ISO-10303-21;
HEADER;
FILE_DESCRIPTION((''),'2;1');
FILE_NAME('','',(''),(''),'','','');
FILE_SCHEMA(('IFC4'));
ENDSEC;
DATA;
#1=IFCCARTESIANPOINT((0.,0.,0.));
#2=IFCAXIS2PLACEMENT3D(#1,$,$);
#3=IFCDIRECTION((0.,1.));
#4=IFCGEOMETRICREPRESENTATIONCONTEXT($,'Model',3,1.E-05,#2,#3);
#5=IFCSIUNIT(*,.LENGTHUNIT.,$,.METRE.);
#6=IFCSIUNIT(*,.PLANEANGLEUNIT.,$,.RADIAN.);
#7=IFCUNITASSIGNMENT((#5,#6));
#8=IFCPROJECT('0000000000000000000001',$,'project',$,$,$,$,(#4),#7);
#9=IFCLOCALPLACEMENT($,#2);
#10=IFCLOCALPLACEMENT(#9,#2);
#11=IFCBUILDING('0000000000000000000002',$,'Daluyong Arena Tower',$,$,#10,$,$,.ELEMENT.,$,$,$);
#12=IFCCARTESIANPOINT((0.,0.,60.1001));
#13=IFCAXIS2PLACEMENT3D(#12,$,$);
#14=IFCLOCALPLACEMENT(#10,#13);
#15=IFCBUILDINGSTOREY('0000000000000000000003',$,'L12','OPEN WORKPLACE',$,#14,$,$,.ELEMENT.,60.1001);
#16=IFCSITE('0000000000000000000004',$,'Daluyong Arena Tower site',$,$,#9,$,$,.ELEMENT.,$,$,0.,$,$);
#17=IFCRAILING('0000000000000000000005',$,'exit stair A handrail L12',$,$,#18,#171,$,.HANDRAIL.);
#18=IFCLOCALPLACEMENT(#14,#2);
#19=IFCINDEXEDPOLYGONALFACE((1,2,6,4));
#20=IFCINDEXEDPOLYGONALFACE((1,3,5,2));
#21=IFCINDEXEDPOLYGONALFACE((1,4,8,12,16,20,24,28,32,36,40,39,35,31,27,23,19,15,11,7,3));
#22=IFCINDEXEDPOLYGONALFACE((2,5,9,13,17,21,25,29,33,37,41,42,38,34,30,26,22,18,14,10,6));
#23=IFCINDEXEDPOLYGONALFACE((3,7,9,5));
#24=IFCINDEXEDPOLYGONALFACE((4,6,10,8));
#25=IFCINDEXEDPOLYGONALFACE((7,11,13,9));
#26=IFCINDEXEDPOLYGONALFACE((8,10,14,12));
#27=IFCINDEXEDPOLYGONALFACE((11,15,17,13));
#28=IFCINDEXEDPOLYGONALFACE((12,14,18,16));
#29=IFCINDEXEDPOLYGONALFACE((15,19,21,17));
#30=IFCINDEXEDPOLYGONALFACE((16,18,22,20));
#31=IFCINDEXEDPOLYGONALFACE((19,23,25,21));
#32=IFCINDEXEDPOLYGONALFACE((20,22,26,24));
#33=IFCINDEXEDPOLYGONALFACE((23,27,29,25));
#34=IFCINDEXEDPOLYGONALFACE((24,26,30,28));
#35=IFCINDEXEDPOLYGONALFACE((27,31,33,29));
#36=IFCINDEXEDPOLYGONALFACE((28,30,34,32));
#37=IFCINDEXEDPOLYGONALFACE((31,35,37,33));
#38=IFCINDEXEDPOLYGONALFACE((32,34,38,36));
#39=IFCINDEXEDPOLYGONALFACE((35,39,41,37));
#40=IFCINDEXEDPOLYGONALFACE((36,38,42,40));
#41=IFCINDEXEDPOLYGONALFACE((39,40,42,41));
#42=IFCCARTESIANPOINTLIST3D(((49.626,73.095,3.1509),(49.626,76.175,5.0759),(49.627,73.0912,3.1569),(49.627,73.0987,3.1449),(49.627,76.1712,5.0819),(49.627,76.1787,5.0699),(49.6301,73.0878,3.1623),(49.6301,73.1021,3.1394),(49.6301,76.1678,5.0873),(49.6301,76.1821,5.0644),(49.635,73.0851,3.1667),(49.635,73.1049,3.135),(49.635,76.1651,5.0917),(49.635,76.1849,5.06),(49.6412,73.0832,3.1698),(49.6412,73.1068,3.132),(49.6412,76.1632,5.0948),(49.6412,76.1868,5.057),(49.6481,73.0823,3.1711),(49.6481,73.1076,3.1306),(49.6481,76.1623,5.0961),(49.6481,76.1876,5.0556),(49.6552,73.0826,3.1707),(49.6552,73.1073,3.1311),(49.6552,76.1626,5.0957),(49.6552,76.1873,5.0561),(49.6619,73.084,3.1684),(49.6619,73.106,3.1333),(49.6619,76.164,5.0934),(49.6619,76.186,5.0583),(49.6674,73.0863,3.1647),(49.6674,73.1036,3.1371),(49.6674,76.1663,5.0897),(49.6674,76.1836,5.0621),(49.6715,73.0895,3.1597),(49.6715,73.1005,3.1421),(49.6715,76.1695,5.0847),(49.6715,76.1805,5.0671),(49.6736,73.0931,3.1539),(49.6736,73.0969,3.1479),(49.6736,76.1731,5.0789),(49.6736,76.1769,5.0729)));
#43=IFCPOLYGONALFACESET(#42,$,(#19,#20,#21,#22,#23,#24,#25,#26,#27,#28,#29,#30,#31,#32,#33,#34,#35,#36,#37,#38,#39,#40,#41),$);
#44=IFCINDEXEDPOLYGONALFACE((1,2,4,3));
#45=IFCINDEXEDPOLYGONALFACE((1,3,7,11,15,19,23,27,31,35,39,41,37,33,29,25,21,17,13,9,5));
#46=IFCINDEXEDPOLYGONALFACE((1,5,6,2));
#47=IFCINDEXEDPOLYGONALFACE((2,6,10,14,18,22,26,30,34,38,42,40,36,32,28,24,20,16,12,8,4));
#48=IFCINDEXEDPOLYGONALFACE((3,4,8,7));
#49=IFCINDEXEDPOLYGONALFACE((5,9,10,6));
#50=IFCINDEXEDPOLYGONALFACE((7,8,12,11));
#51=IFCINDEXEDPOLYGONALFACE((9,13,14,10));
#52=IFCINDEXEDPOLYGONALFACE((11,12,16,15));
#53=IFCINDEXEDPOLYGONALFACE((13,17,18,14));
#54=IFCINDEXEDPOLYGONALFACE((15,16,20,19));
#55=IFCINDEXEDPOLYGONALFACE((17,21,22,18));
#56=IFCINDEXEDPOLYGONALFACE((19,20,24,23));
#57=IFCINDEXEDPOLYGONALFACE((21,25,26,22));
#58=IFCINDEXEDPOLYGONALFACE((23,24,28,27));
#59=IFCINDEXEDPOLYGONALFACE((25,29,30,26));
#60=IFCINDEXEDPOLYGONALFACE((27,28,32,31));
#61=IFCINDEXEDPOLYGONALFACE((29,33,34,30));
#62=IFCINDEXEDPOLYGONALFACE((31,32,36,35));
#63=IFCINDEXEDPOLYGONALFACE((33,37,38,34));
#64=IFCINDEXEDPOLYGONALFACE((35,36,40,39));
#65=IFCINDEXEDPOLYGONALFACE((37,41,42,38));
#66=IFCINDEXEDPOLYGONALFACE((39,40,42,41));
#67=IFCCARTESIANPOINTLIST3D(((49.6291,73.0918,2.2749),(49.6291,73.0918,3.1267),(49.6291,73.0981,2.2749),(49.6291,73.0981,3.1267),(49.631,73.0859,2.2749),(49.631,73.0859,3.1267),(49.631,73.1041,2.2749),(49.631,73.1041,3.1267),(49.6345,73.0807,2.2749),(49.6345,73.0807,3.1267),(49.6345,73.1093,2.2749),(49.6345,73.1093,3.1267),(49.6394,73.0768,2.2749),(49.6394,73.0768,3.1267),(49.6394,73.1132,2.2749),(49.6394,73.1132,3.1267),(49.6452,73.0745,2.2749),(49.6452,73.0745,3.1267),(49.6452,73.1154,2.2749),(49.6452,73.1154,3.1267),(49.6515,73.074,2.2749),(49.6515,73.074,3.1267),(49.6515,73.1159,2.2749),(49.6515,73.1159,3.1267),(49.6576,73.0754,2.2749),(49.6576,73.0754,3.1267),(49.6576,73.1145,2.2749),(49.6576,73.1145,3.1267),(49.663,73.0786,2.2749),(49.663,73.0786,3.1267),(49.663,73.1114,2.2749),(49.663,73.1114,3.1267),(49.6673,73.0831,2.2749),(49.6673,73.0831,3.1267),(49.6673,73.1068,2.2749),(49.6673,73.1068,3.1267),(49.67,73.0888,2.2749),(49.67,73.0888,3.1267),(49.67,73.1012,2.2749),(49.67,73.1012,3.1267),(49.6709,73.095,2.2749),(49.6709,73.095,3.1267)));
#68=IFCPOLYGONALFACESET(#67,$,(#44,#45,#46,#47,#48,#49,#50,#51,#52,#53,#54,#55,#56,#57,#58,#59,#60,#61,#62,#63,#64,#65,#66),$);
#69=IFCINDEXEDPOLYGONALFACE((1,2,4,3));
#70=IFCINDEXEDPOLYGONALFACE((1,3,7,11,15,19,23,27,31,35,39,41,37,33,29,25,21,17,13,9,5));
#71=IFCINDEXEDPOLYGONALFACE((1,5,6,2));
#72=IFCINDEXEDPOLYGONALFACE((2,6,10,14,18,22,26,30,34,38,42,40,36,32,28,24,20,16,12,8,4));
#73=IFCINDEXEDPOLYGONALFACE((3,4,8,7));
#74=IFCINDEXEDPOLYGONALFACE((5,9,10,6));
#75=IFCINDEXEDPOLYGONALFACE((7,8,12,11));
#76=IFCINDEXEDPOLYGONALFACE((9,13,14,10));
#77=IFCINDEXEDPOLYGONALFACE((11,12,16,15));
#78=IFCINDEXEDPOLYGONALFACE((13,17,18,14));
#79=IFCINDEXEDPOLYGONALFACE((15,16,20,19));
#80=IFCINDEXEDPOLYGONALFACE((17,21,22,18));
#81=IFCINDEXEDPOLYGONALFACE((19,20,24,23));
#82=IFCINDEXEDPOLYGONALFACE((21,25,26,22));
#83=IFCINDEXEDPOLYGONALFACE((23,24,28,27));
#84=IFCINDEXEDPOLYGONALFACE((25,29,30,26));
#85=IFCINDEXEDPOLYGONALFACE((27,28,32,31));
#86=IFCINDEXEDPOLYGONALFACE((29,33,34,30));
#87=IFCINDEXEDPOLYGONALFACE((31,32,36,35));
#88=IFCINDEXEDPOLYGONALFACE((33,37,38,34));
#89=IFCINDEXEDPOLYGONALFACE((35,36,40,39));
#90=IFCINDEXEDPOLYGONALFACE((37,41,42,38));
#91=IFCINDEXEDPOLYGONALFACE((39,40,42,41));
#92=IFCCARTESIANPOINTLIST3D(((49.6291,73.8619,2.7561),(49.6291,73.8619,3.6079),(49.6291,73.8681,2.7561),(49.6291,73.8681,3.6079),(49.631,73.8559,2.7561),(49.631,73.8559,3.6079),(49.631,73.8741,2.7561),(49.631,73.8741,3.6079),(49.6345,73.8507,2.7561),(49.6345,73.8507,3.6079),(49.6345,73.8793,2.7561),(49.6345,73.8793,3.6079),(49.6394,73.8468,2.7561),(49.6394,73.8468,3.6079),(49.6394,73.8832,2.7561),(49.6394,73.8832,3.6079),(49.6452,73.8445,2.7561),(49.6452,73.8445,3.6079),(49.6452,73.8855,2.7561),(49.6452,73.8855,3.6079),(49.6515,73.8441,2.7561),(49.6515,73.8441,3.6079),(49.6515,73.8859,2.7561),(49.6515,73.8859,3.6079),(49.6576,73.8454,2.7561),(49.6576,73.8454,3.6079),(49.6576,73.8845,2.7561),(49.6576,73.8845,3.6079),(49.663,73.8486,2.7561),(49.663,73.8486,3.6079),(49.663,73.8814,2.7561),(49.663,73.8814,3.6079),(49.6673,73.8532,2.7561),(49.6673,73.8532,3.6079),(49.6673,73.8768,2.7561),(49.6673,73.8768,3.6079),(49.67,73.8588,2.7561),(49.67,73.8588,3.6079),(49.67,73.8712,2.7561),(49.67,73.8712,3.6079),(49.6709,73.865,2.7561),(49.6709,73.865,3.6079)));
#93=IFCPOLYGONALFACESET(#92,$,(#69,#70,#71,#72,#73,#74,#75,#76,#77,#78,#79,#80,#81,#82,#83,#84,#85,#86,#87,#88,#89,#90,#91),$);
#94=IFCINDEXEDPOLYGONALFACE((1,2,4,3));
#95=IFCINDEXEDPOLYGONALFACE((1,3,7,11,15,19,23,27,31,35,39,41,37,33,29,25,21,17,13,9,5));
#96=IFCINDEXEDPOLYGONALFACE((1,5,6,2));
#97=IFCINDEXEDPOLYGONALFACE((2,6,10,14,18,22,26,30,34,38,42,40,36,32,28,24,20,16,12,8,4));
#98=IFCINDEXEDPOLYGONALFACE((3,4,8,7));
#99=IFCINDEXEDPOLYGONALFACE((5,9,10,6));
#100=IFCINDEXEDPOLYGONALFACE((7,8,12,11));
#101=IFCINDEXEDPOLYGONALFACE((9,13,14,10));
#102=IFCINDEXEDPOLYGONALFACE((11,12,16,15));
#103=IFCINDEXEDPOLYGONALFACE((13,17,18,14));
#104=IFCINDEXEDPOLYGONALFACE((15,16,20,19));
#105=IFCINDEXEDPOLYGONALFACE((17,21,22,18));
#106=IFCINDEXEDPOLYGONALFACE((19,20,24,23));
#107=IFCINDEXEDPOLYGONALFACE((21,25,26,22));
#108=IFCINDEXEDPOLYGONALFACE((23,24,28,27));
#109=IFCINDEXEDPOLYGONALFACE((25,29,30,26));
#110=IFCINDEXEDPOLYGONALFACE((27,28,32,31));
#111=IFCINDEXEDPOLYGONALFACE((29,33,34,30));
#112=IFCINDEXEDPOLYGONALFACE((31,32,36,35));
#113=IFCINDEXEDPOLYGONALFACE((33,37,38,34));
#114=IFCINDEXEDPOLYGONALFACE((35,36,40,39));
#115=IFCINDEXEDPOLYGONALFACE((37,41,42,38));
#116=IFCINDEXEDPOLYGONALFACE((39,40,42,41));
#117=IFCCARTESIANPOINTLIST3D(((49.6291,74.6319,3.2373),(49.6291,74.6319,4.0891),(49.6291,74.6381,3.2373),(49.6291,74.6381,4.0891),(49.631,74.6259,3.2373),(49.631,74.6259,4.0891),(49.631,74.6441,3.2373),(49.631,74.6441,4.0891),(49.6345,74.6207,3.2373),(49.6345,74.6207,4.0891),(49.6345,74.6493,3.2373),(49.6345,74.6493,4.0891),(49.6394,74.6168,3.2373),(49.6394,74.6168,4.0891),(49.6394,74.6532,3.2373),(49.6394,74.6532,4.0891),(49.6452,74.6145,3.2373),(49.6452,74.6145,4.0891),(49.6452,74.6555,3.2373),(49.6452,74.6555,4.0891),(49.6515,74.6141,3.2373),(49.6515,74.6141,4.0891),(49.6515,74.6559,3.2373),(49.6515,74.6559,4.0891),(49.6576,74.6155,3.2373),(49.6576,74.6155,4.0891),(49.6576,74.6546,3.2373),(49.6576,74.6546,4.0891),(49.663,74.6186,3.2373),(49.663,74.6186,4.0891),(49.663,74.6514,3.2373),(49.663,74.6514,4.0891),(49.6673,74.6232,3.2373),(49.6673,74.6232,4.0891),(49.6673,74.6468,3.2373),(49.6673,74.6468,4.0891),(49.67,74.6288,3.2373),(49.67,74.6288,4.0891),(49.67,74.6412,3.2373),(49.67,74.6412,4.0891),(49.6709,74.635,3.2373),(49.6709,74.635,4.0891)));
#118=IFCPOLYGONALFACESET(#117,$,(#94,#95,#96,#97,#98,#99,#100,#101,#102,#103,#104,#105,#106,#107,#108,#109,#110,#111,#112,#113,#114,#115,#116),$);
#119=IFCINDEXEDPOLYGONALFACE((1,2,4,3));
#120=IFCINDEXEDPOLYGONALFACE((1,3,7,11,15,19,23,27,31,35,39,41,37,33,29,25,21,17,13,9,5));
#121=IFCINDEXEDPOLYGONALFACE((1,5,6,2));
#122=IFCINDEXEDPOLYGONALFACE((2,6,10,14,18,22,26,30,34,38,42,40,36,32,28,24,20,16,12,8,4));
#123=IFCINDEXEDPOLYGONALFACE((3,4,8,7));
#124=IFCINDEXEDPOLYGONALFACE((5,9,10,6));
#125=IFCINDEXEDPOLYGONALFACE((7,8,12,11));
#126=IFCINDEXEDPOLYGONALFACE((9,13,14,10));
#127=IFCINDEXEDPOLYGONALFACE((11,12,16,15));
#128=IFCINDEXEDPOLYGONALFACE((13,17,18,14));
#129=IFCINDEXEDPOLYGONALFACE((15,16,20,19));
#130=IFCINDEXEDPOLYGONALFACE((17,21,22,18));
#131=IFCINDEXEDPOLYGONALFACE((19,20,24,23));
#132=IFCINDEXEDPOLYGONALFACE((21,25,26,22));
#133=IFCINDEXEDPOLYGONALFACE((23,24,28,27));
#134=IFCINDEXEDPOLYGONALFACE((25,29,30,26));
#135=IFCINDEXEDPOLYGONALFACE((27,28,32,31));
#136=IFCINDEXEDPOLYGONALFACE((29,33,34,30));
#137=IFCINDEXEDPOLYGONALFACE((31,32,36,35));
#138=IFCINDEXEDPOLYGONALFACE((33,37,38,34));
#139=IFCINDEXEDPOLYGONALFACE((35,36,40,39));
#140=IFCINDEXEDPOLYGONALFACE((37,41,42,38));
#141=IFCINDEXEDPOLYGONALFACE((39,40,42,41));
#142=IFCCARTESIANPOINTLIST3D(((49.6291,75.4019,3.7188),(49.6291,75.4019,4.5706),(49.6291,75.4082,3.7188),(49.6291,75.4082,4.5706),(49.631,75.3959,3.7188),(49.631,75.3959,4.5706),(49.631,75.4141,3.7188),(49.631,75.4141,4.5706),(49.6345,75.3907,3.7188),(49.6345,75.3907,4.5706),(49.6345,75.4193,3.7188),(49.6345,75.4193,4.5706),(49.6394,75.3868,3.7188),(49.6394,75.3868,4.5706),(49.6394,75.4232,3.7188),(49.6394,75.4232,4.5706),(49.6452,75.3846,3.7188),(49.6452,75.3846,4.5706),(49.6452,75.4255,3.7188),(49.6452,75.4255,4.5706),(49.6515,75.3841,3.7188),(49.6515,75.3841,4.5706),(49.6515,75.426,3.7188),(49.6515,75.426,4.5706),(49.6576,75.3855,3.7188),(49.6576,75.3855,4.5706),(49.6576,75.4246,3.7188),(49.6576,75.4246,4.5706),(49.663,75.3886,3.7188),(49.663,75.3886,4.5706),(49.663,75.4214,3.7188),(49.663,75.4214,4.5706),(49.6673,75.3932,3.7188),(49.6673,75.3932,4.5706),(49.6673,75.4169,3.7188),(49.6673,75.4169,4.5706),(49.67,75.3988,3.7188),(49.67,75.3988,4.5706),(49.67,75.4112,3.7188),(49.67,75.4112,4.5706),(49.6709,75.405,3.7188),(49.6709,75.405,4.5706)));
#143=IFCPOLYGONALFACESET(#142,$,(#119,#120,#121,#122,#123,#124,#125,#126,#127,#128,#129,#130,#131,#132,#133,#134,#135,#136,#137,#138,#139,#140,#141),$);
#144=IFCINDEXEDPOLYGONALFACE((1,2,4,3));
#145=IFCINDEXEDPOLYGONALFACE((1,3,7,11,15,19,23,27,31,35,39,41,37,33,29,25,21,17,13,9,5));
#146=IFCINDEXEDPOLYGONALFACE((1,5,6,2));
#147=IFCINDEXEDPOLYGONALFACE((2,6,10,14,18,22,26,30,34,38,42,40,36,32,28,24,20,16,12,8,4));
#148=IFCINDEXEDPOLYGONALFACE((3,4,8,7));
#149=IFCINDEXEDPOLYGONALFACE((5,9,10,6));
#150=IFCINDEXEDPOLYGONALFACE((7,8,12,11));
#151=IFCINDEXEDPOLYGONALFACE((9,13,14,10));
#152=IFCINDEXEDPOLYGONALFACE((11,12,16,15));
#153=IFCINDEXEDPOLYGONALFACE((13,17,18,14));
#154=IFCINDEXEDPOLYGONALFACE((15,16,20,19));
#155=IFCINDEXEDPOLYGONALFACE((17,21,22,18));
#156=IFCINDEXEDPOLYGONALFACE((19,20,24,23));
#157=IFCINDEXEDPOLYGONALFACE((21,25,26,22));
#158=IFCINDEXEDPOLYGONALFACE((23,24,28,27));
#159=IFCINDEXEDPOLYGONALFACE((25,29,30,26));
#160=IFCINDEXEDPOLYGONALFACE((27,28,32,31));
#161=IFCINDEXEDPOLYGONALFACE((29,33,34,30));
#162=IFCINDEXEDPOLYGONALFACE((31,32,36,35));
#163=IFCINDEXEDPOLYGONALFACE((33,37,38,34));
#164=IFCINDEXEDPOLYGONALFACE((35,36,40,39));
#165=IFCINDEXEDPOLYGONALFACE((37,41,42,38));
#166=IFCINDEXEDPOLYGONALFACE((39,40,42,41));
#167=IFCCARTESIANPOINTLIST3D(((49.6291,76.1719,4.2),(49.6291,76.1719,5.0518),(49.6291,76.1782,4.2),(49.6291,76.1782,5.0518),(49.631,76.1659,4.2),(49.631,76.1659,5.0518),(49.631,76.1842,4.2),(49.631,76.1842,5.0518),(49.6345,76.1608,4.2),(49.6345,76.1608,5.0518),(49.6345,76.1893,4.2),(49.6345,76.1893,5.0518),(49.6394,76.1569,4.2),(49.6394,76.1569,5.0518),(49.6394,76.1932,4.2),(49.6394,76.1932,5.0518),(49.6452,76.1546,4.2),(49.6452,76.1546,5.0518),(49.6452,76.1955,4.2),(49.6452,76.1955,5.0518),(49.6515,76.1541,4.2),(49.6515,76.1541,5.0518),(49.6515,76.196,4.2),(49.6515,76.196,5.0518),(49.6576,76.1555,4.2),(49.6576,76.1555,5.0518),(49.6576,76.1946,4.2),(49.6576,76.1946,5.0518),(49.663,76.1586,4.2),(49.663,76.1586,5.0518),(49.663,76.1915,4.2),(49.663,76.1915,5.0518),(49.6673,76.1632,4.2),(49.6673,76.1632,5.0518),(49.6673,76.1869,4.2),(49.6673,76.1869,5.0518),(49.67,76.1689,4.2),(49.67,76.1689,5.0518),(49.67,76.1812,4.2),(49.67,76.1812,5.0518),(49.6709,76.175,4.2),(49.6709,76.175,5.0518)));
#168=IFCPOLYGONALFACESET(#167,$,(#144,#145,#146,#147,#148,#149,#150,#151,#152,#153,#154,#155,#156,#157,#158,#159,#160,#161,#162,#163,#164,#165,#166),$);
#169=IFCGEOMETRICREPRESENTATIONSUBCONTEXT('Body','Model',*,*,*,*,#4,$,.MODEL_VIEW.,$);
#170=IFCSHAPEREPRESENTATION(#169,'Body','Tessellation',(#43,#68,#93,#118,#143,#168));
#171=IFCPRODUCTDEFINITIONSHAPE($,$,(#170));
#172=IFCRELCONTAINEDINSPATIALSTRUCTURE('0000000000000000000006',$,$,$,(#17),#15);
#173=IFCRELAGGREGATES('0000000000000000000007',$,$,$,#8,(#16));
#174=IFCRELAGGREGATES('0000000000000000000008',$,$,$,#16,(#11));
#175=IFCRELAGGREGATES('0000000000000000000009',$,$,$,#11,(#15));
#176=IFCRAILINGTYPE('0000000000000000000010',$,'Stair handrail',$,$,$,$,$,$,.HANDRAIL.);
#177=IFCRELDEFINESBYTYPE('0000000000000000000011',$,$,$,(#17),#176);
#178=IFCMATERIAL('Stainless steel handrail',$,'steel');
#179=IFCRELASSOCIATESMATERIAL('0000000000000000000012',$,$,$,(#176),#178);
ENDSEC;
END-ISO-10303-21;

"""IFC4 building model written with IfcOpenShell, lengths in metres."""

from ifc_helpers import new_model, si_unit, direction, frame, origin, origin_2d, place, context, subcontext, project, spatial, circle, extrude, material, type_object, element, save


model = new_model("IFC4")

# Units and contexts
model_context = context("Model", 3, precision=1e-05, world=origin(), true_north=direction((0.0, 1.0)))
body_context = subcontext(model_context, "Body", "Model", "MODEL_VIEW")
ifc_project = project(units=[si_unit("LENGTHUNIT", "METRE"), si_unit("PLANEANGLEUNIT", "RADIAN")], contexts=[model_context])

# Site, building, storey
site_placement = place(None, origin())
site = spatial("IfcSite", under=ifc_project, at=site_placement, Name="Daluyong Arena Tower site", CompositionType="ELEMENT", RefElevation=0.0)
building_placement = place(site_placement, origin())
building = spatial("IfcBuilding", under=site, at=building_placement, Name="Daluyong Arena Tower", CompositionType="ELEMENT")
storey_placement = place(building_placement, frame((0.0, 0.0, 60.1001)))
storey = spatial("IfcBuildingStorey", under=building, at=storey_placement, Name="L12", Description="OPEN WORKPLACE", CompositionType="ELEMENT", Elevation=60.1001)

# Railing
ifc_material_1 = material(Name="Stainless steel handrail", Category="steel")
railing_type = type_object("IfcRailingType", Name="Stair handrail", PredefinedType="HANDRAIL", material=ifc_material_1)
railing_placement = place(storey_placement, frame((49.6499, 73.095, 2.2749)))
element("IfcRailing", 1, at=railing_placement, inside=storey, type_object=railing_type, Name="exit stair A handrail L12", PredefinedType="HANDRAIL", context=body_context, shape_type="SweptSolid", body=[
    extrude(circle(Radius=0.0239, at=origin_2d()), frame((0.0, 0.0, 0.876), z_axis=(0.0, 0.847998, 0.529999), x_axis=(-1.0, 0.0, 0.0)), (0.0, 0.0, 1.0), 3.6321),
    extrude(circle(Radius=0.021, at=origin_2d()), origin(), (0.0, 0.0, 1.0), 0.8518),
    extrude(circle(Radius=0.021, at=origin_2d()), frame((0.0, 0.77, 0.4812)), (0.0, 0.0, 1.0), 0.8518),
    extrude(circle(Radius=0.021, at=origin_2d()), frame((0.0, 1.54, 0.9624)), (0.0, 0.0, 1.0), 0.8518),
    extrude(circle(Radius=0.021, at=origin_2d()), frame((0.0, 2.3101, 1.4438)), (0.0, 0.0, 1.0), 0.8518),
    extrude(circle(Radius=0.021, at=origin_2d()), frame((0.0, 3.0801, 1.925)), (0.0, 0.0, 1.0), 0.8518),
])

save(model, "model.ifc")
